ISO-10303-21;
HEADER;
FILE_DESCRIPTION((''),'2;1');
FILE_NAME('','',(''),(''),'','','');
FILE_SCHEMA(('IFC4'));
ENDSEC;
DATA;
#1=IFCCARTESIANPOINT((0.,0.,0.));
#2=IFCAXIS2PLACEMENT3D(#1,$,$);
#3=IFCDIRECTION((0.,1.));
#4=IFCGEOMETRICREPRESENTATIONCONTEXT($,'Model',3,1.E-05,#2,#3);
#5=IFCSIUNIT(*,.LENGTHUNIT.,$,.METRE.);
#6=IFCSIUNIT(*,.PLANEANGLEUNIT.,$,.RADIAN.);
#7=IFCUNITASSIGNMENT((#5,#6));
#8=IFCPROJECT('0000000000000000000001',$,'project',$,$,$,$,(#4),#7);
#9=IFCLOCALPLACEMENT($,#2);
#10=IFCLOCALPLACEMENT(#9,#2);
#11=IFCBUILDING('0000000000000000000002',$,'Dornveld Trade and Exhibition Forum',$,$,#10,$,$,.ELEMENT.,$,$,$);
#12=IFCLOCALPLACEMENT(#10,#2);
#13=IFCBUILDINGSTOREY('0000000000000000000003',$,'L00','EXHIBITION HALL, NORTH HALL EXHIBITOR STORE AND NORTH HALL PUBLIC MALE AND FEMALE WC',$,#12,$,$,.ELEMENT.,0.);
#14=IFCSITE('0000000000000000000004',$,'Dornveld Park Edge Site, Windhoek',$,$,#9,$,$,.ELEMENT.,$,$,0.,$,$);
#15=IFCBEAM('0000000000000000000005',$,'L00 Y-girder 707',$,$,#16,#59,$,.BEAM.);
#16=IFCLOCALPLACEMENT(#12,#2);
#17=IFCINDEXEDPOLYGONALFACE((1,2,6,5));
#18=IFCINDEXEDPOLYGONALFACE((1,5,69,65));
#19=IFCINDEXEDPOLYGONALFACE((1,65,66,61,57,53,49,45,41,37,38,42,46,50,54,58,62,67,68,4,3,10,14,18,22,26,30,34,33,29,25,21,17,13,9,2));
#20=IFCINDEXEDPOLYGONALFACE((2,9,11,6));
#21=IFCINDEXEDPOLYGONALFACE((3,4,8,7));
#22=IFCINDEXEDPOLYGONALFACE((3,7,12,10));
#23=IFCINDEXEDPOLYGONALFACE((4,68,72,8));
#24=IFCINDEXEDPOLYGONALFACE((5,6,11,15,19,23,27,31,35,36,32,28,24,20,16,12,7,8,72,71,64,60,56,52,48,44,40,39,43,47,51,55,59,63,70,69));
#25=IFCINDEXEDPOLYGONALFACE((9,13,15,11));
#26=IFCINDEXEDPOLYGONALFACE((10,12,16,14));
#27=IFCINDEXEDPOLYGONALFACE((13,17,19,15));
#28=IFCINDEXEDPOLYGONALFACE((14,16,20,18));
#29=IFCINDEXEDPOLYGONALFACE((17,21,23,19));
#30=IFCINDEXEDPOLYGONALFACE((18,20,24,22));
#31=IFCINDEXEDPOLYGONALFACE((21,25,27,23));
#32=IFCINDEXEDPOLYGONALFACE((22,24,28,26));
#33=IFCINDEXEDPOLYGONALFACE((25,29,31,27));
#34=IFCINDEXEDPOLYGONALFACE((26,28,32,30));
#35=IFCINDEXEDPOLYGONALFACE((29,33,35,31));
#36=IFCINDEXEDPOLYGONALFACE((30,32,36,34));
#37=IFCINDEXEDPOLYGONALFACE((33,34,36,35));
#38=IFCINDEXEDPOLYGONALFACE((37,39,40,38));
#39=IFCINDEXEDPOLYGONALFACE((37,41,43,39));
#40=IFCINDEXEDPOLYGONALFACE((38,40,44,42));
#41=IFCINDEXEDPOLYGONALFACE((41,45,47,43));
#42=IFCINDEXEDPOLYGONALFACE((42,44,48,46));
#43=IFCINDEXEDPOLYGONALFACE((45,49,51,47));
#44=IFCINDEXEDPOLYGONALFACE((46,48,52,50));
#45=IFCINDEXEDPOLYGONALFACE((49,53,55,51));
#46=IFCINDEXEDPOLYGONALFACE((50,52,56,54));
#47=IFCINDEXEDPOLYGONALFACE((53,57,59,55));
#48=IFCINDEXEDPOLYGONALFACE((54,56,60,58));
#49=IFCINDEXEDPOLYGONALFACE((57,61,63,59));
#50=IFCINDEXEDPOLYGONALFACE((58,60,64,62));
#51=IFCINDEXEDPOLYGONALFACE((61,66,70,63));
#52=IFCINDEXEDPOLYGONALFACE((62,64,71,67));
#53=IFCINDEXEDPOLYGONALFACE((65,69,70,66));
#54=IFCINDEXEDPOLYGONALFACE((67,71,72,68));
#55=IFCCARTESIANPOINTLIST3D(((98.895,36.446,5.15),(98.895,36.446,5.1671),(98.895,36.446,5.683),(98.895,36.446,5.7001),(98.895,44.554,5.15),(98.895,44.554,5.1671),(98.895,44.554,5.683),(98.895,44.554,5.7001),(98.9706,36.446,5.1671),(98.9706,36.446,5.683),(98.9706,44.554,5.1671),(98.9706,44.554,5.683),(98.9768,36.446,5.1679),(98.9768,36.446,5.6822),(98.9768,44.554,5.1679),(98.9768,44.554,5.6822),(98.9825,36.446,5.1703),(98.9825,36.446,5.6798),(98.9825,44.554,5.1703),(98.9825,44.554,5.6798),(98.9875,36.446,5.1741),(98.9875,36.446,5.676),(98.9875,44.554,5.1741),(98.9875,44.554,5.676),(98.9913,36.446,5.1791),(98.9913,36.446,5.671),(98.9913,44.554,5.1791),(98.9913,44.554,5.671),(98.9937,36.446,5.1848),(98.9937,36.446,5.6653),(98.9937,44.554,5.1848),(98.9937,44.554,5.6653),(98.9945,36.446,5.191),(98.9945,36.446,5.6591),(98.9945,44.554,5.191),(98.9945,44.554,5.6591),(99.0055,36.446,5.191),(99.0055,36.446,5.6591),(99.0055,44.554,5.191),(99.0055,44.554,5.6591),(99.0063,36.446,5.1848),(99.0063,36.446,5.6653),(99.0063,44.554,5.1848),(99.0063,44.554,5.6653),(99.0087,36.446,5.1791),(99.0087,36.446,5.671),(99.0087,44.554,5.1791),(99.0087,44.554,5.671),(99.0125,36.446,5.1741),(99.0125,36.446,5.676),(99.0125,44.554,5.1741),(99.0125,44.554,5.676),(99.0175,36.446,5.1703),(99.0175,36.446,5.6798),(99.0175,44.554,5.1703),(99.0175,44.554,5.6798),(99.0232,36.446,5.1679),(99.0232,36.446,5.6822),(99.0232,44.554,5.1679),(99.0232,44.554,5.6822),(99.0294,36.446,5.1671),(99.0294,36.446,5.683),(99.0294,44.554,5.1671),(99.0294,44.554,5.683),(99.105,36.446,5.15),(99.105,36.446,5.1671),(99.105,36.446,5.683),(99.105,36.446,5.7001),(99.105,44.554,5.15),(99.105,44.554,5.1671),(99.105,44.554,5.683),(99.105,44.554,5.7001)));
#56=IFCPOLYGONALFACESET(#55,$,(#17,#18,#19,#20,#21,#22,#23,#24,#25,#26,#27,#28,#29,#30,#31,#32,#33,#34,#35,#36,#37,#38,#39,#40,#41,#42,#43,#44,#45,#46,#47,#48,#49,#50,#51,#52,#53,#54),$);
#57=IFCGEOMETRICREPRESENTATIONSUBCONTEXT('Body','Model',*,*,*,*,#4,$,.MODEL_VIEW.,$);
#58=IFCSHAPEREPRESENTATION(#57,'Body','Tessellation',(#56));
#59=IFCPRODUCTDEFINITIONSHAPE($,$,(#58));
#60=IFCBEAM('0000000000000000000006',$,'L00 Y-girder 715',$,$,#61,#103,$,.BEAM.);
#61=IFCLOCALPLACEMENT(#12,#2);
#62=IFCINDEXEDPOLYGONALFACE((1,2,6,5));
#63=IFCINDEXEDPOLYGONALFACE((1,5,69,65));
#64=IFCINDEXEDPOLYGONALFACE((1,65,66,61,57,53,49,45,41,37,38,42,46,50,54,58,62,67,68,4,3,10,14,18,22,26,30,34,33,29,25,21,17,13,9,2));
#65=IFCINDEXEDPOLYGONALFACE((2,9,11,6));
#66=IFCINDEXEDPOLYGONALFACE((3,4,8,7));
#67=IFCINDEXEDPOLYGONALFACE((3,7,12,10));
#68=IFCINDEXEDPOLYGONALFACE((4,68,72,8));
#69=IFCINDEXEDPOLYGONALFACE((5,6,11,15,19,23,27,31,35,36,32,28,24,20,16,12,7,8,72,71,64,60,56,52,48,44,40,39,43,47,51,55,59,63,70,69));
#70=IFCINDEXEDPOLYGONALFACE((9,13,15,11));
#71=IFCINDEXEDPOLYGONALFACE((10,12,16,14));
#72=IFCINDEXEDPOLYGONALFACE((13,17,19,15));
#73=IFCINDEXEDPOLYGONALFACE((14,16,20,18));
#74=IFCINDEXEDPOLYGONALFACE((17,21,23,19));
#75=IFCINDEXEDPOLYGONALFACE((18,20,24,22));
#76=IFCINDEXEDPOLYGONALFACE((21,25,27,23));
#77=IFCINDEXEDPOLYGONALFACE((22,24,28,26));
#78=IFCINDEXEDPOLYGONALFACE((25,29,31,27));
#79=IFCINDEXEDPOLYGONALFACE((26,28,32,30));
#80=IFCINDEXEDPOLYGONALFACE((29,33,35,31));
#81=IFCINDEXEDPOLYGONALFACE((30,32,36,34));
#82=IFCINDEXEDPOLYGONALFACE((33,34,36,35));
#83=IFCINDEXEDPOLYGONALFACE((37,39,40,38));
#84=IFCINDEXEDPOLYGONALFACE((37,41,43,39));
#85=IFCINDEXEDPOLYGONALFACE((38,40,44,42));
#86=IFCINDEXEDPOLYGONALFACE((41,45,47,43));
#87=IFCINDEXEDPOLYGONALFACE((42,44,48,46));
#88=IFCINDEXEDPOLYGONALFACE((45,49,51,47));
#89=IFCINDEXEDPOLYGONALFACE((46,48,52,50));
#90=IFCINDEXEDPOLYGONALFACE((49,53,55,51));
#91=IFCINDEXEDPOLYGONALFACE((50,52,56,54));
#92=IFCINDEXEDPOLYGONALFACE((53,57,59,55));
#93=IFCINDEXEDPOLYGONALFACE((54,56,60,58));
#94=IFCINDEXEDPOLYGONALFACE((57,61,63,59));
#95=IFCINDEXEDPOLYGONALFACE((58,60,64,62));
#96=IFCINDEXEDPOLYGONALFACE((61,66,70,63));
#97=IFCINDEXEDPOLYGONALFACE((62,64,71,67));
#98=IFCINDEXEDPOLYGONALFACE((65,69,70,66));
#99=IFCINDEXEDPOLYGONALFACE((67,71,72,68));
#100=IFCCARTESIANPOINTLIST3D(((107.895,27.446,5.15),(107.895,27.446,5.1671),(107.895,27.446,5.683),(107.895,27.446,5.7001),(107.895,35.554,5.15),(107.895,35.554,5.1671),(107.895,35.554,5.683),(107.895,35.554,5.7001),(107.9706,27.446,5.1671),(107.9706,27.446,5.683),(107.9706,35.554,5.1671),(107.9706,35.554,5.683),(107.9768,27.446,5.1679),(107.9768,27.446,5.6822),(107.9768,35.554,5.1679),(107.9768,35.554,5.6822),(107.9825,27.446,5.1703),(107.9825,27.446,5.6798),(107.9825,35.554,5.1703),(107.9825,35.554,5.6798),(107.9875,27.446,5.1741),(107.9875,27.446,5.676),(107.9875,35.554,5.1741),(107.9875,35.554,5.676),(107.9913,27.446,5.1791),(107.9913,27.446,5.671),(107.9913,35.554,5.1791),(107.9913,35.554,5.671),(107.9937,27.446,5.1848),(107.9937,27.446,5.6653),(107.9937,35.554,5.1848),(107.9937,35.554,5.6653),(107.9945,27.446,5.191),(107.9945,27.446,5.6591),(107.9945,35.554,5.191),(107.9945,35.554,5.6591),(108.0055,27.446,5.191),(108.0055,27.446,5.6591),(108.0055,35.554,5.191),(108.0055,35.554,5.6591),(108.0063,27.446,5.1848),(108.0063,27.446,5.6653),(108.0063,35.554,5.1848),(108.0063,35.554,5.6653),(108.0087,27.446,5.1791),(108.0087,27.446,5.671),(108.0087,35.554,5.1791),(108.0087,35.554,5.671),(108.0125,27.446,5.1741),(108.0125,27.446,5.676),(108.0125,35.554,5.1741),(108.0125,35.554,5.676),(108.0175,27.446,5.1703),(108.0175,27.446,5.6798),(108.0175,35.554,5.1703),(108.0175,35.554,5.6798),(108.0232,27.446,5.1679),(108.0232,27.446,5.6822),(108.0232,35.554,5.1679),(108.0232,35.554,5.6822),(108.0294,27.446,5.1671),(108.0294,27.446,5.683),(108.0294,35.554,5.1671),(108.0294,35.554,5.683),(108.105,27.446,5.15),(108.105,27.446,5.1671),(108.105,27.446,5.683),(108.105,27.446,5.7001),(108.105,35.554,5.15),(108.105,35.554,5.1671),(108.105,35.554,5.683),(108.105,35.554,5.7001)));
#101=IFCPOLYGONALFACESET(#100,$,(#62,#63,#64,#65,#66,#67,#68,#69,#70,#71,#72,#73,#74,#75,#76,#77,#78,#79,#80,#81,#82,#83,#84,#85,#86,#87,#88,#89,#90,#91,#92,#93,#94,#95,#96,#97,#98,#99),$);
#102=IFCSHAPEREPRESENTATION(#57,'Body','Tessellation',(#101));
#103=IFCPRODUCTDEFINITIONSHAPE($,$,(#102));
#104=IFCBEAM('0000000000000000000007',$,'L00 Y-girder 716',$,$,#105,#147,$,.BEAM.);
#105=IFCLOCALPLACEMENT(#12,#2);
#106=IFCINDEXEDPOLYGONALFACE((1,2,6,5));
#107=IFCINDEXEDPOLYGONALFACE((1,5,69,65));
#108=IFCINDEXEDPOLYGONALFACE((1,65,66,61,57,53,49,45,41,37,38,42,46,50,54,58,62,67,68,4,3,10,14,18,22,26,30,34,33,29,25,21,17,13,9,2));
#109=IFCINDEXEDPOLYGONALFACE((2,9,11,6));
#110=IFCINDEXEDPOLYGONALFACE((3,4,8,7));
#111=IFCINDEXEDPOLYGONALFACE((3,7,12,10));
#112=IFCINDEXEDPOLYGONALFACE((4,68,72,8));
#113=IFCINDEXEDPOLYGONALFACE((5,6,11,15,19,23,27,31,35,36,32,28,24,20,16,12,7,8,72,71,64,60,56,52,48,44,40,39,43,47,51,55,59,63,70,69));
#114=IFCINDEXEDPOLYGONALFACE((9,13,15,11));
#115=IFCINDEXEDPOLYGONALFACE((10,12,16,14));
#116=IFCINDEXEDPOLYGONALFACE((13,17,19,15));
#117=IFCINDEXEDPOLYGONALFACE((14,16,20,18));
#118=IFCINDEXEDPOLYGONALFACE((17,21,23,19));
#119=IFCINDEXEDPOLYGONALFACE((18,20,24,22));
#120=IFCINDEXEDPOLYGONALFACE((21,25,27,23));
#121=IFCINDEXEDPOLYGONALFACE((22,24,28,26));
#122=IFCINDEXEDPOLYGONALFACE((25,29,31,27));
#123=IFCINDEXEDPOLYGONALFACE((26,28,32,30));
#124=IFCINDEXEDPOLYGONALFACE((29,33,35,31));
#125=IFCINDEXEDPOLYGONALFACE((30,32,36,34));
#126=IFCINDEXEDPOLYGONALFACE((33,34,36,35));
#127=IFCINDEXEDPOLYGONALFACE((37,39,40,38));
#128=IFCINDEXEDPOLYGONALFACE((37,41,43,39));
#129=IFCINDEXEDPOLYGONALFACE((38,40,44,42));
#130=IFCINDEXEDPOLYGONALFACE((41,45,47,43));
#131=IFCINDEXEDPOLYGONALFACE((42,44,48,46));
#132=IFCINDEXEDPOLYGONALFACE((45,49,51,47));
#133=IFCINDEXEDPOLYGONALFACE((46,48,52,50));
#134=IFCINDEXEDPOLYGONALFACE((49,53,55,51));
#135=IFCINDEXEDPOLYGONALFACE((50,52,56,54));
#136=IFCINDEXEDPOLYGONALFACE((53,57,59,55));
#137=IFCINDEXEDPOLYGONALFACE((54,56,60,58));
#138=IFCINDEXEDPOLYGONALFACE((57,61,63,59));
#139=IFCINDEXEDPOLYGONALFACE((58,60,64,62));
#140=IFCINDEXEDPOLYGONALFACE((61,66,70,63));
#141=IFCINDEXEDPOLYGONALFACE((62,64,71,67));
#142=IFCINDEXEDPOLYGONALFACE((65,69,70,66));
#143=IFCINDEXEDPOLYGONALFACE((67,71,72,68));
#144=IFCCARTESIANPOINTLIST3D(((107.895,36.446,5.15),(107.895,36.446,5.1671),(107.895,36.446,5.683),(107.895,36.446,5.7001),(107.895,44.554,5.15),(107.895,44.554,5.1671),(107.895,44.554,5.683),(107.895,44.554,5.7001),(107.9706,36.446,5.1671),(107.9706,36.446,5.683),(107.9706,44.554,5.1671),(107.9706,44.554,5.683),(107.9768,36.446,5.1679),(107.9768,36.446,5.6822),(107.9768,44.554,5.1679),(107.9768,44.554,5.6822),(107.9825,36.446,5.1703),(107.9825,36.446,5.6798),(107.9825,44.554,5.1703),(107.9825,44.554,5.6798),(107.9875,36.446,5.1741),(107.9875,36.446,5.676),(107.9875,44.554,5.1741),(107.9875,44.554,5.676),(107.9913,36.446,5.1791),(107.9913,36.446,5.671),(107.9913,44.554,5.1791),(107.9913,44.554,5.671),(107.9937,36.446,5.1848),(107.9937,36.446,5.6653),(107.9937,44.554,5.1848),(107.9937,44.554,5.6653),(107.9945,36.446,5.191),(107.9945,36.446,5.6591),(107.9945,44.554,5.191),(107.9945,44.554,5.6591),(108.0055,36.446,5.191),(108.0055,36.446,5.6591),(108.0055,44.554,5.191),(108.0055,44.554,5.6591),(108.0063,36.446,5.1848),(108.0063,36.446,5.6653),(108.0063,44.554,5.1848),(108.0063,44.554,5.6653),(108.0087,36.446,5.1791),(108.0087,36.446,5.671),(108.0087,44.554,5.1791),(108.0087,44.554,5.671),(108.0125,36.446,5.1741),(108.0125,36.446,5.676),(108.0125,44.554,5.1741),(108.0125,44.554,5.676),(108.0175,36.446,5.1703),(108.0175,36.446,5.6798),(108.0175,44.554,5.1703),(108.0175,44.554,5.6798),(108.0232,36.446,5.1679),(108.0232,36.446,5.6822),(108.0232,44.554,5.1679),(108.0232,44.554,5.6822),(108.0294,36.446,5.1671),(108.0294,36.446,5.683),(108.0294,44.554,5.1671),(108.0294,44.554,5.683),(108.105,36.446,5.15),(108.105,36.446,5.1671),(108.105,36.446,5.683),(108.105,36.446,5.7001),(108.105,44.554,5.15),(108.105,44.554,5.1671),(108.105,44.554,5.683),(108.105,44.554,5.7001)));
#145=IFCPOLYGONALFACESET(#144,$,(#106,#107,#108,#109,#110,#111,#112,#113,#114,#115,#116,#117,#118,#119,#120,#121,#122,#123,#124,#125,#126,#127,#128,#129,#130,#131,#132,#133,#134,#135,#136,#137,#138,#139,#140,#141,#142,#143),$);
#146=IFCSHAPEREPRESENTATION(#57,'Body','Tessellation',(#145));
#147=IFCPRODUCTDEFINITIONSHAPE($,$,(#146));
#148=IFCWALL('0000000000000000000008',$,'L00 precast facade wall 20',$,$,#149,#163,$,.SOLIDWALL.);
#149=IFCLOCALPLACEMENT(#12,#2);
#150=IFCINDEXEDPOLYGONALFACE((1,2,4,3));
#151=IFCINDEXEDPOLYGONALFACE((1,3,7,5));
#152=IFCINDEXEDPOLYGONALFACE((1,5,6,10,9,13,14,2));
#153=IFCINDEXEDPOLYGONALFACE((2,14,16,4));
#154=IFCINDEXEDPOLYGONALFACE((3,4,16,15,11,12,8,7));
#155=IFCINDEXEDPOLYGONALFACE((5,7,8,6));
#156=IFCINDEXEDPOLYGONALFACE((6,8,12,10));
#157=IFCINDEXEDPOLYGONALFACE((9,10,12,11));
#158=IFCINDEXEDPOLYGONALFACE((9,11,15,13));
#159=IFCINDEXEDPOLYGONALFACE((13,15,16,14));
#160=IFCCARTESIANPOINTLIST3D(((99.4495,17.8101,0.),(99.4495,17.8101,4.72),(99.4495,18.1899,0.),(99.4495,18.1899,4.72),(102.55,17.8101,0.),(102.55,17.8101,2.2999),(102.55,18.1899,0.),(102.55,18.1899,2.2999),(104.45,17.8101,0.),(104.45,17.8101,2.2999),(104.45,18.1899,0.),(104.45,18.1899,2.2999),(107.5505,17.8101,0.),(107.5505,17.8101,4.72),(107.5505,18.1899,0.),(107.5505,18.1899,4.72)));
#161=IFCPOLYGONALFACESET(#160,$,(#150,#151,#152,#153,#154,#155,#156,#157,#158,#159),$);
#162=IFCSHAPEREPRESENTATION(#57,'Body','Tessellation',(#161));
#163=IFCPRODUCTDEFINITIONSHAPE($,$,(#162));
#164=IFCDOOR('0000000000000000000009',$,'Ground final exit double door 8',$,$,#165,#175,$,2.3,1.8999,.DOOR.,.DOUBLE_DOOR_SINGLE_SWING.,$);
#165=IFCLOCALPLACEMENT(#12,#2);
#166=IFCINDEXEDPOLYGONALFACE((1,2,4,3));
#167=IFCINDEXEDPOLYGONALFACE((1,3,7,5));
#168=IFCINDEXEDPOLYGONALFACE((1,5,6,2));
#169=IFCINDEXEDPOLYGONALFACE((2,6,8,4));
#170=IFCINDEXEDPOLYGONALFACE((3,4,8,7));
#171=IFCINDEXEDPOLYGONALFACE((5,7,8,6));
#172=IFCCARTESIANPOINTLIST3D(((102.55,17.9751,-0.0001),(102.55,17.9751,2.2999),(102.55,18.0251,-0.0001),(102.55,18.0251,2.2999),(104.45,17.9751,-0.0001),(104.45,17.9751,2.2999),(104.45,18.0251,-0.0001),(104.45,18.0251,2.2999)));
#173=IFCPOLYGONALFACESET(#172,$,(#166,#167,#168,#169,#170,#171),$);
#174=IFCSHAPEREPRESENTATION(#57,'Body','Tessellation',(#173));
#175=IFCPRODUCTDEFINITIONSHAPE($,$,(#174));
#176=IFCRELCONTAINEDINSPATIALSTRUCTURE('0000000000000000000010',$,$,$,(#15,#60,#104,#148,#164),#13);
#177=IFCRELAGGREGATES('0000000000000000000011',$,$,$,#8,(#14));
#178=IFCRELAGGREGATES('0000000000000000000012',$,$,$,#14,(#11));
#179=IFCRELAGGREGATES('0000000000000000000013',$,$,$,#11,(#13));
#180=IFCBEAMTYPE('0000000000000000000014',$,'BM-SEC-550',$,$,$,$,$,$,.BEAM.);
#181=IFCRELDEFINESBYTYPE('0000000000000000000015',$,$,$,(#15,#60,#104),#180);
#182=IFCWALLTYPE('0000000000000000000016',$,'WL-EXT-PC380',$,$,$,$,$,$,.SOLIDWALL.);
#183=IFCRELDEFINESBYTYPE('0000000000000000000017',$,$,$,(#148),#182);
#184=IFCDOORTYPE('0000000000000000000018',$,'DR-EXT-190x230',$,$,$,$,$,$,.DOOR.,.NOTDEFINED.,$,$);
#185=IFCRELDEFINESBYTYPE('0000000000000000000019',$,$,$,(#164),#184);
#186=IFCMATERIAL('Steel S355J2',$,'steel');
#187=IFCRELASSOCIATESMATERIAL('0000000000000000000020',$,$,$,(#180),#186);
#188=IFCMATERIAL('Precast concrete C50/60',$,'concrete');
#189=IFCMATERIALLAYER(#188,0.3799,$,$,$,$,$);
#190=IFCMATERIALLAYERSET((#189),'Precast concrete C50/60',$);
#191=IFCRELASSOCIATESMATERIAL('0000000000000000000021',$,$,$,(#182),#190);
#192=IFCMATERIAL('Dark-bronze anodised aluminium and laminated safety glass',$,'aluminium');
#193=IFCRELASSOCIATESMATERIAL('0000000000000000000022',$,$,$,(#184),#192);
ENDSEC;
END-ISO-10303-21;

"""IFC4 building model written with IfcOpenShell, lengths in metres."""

from ifc_helpers import new_model, si_unit, direction, frame, frame_2d, origin, origin_2d, place, context, subcontext, project, spatial, rectangle, i_section, extrude, material, layer, layer_set, material_profile, profile_set, type_object, element, fill, save


model = new_model("IFC4")

# Units and contexts
model_context = context("Model", 3, precision=1e-05, world=origin(), true_north=direction((0.0, 1.0)))
body_context = subcontext(model_context, "Body", "Model", "MODEL_VIEW")
ifc_project = project(units=[si_unit("LENGTHUNIT", "METRE"), si_unit("PLANEANGLEUNIT", "RADIAN")], contexts=[model_context])

# Site, building, storey
site_placement = place(None, origin())
site = spatial("IfcSite", under=ifc_project, at=site_placement, Name="Dornveld Park Edge Site, Windhoek", CompositionType="ELEMENT", RefElevation=0.0)
building_placement = place(site_placement, origin())
building = spatial("IfcBuilding", under=site, at=building_placement, Name="Dornveld Trade and Exhibition Forum", CompositionType="ELEMENT")
storey_placement = place(building_placement, origin())
storey = spatial("IfcBuildingStorey", under=building, at=storey_placement, Name="L00", Description="EXHIBITION HALL, NORTH HALL EXHIBITOR STORE AND NORTH HALL PUBLIC MALE AND FEMALE WC", CompositionType="ELEMENT", Elevation=0.0)

# Beams
ifc_material_1 = material(Name="Steel S355J2", Category="steel")
ifc_material_profile_1 = material_profile(ifc_material_1, i_section(OverallWidth=0.21, OverallDepth=0.55, WebThickness=0.011, FlangeThickness=0.0171, FilletRadius=0.0239, at=origin_2d()), Name="IPE 550")
ifc_profile_set_1 = profile_set([ifc_material_profile_1], Name="Steel S355J2")
beam_type_1 = type_object("IfcBeamType", Name="BM-SEC-550", PredefinedType="BEAM", material=ifc_profile_set_1)
for number, where, z_axis, x_axis, name in (
    (1, (99.0, 36.446, 5.425), (0.0, 1.0, 0.0), (-1.0, 0.0, 0.0), "L00 Y-girder 707"),
    (2, (108.0, 27.446, 5.425), (0.0, 1.0, 0.0), (-1.0, 0.0, 0.0), "L00 Y-girder 715"),
    (3, (108.0, 36.446, 5.425), (0.0, 1.0, 0.0), (-1.0, 0.0, 0.0), "L00 Y-girder 716"),
):
    element("IfcBeam", number, at=place(storey_placement, frame(where, z_axis=z_axis, x_axis=x_axis)), inside=storey, type_object=beam_type_1, Name=name, PredefinedType="BEAM", context=body_context, shape_type="SweptSolid", body=[
        extrude(i_section(OverallWidth=0.21, OverallDepth=0.55, WebThickness=0.011, FlangeThickness=0.0171, FilletRadius=0.0239, at=origin_2d()), origin(), (0.0, 0.0, 1.0), 8.1079),
    ])

# Wall, opening, door
ifc_material_2 = material(Name="Precast concrete C50/60", Category="concrete")
ifc_layer_1 = layer(ifc_material_2, 0.3799)
ifc_layer_set_1 = layer_set([ifc_layer_1], Name="Precast concrete C50/60")
wall_type_1 = type_object("IfcWallType", Name="WL-EXT-PC380", PredefinedType="SOLIDWALL", material=ifc_layer_set_1)
wall_1_placement = place(storey_placement, frame((99.4495, 18.0, 0.0), z_axis=(0.0, 0.0, 1.0), x_axis=(1.0, 0.0, 0.0)))
wall_1 = element("IfcWall", 4, at=wall_1_placement, inside=storey, type_object=wall_type_1, Name="L00 precast facade wall 20", PredefinedType="SOLIDWALL", context=body_context, shape_type="SweptSolid", body=[
    extrude(rectangle(XDim=8.1011, YDim=0.3799, at=frame_2d((4.0505, 0.0))), origin(), (0.0, 0.0, 1.0), 4.72),
])
opening_1_placement = place(wall_1_placement, frame((3.1006, 0.0, 0.0)))
opening_1 = element("IfcOpeningElement", 5, at=opening_1_placement, cuts=wall_1, PredefinedType="OPENING", context=body_context, shape_type="SweptSolid", body=[
    extrude(rectangle(XDim=1.8999, YDim=2.3, at=frame_2d((0.95, 1.1499))), frame((0.0, 0.2, 0.0), z_axis=(0.0, -1.0, 0.0), x_axis=(1.0, 0.0, 0.0)), (0.0, 0.0, 1.0), 0.3999),
])
ifc_material_3 = material(Name="Dark-bronze anodised aluminium and laminated safety glass", Category="aluminium")
door_type_1 = type_object("IfcDoorType", Name="DR-EXT-190x230", OperationType="NOTDEFINED", PredefinedType="DOOR", material=ifc_material_3)
door_1_placement = place(opening_1_placement, frame((1.8999, 0.0, 0.0), z_axis=(0.0, 0.0, 1.0), x_axis=(-1.0, 0.0, 0.0)))
door_1 = element("IfcDoor", 6, at=door_1_placement, inside=storey, type_object=door_type_1, Name="Ground final exit double door 8", OperationType="DOUBLE_DOOR_SINGLE_SWING", OverallHeight=2.3, OverallWidth=1.8999, PredefinedType="DOOR", context=body_context, shape_type="SweptSolid", body=[
    extrude(rectangle(XDim=1.8999, YDim=2.3, at=frame_2d((0.95, 1.1499))), frame((0.0, 0.0249, 0.0), z_axis=(0.0, -1.0, 0.0), x_axis=(1.0, 0.0, 0.0)), (0.0, 0.0, 1.0), 0.05),
])
fill(opening_1, door_1)

save(model, "model.ifc")
